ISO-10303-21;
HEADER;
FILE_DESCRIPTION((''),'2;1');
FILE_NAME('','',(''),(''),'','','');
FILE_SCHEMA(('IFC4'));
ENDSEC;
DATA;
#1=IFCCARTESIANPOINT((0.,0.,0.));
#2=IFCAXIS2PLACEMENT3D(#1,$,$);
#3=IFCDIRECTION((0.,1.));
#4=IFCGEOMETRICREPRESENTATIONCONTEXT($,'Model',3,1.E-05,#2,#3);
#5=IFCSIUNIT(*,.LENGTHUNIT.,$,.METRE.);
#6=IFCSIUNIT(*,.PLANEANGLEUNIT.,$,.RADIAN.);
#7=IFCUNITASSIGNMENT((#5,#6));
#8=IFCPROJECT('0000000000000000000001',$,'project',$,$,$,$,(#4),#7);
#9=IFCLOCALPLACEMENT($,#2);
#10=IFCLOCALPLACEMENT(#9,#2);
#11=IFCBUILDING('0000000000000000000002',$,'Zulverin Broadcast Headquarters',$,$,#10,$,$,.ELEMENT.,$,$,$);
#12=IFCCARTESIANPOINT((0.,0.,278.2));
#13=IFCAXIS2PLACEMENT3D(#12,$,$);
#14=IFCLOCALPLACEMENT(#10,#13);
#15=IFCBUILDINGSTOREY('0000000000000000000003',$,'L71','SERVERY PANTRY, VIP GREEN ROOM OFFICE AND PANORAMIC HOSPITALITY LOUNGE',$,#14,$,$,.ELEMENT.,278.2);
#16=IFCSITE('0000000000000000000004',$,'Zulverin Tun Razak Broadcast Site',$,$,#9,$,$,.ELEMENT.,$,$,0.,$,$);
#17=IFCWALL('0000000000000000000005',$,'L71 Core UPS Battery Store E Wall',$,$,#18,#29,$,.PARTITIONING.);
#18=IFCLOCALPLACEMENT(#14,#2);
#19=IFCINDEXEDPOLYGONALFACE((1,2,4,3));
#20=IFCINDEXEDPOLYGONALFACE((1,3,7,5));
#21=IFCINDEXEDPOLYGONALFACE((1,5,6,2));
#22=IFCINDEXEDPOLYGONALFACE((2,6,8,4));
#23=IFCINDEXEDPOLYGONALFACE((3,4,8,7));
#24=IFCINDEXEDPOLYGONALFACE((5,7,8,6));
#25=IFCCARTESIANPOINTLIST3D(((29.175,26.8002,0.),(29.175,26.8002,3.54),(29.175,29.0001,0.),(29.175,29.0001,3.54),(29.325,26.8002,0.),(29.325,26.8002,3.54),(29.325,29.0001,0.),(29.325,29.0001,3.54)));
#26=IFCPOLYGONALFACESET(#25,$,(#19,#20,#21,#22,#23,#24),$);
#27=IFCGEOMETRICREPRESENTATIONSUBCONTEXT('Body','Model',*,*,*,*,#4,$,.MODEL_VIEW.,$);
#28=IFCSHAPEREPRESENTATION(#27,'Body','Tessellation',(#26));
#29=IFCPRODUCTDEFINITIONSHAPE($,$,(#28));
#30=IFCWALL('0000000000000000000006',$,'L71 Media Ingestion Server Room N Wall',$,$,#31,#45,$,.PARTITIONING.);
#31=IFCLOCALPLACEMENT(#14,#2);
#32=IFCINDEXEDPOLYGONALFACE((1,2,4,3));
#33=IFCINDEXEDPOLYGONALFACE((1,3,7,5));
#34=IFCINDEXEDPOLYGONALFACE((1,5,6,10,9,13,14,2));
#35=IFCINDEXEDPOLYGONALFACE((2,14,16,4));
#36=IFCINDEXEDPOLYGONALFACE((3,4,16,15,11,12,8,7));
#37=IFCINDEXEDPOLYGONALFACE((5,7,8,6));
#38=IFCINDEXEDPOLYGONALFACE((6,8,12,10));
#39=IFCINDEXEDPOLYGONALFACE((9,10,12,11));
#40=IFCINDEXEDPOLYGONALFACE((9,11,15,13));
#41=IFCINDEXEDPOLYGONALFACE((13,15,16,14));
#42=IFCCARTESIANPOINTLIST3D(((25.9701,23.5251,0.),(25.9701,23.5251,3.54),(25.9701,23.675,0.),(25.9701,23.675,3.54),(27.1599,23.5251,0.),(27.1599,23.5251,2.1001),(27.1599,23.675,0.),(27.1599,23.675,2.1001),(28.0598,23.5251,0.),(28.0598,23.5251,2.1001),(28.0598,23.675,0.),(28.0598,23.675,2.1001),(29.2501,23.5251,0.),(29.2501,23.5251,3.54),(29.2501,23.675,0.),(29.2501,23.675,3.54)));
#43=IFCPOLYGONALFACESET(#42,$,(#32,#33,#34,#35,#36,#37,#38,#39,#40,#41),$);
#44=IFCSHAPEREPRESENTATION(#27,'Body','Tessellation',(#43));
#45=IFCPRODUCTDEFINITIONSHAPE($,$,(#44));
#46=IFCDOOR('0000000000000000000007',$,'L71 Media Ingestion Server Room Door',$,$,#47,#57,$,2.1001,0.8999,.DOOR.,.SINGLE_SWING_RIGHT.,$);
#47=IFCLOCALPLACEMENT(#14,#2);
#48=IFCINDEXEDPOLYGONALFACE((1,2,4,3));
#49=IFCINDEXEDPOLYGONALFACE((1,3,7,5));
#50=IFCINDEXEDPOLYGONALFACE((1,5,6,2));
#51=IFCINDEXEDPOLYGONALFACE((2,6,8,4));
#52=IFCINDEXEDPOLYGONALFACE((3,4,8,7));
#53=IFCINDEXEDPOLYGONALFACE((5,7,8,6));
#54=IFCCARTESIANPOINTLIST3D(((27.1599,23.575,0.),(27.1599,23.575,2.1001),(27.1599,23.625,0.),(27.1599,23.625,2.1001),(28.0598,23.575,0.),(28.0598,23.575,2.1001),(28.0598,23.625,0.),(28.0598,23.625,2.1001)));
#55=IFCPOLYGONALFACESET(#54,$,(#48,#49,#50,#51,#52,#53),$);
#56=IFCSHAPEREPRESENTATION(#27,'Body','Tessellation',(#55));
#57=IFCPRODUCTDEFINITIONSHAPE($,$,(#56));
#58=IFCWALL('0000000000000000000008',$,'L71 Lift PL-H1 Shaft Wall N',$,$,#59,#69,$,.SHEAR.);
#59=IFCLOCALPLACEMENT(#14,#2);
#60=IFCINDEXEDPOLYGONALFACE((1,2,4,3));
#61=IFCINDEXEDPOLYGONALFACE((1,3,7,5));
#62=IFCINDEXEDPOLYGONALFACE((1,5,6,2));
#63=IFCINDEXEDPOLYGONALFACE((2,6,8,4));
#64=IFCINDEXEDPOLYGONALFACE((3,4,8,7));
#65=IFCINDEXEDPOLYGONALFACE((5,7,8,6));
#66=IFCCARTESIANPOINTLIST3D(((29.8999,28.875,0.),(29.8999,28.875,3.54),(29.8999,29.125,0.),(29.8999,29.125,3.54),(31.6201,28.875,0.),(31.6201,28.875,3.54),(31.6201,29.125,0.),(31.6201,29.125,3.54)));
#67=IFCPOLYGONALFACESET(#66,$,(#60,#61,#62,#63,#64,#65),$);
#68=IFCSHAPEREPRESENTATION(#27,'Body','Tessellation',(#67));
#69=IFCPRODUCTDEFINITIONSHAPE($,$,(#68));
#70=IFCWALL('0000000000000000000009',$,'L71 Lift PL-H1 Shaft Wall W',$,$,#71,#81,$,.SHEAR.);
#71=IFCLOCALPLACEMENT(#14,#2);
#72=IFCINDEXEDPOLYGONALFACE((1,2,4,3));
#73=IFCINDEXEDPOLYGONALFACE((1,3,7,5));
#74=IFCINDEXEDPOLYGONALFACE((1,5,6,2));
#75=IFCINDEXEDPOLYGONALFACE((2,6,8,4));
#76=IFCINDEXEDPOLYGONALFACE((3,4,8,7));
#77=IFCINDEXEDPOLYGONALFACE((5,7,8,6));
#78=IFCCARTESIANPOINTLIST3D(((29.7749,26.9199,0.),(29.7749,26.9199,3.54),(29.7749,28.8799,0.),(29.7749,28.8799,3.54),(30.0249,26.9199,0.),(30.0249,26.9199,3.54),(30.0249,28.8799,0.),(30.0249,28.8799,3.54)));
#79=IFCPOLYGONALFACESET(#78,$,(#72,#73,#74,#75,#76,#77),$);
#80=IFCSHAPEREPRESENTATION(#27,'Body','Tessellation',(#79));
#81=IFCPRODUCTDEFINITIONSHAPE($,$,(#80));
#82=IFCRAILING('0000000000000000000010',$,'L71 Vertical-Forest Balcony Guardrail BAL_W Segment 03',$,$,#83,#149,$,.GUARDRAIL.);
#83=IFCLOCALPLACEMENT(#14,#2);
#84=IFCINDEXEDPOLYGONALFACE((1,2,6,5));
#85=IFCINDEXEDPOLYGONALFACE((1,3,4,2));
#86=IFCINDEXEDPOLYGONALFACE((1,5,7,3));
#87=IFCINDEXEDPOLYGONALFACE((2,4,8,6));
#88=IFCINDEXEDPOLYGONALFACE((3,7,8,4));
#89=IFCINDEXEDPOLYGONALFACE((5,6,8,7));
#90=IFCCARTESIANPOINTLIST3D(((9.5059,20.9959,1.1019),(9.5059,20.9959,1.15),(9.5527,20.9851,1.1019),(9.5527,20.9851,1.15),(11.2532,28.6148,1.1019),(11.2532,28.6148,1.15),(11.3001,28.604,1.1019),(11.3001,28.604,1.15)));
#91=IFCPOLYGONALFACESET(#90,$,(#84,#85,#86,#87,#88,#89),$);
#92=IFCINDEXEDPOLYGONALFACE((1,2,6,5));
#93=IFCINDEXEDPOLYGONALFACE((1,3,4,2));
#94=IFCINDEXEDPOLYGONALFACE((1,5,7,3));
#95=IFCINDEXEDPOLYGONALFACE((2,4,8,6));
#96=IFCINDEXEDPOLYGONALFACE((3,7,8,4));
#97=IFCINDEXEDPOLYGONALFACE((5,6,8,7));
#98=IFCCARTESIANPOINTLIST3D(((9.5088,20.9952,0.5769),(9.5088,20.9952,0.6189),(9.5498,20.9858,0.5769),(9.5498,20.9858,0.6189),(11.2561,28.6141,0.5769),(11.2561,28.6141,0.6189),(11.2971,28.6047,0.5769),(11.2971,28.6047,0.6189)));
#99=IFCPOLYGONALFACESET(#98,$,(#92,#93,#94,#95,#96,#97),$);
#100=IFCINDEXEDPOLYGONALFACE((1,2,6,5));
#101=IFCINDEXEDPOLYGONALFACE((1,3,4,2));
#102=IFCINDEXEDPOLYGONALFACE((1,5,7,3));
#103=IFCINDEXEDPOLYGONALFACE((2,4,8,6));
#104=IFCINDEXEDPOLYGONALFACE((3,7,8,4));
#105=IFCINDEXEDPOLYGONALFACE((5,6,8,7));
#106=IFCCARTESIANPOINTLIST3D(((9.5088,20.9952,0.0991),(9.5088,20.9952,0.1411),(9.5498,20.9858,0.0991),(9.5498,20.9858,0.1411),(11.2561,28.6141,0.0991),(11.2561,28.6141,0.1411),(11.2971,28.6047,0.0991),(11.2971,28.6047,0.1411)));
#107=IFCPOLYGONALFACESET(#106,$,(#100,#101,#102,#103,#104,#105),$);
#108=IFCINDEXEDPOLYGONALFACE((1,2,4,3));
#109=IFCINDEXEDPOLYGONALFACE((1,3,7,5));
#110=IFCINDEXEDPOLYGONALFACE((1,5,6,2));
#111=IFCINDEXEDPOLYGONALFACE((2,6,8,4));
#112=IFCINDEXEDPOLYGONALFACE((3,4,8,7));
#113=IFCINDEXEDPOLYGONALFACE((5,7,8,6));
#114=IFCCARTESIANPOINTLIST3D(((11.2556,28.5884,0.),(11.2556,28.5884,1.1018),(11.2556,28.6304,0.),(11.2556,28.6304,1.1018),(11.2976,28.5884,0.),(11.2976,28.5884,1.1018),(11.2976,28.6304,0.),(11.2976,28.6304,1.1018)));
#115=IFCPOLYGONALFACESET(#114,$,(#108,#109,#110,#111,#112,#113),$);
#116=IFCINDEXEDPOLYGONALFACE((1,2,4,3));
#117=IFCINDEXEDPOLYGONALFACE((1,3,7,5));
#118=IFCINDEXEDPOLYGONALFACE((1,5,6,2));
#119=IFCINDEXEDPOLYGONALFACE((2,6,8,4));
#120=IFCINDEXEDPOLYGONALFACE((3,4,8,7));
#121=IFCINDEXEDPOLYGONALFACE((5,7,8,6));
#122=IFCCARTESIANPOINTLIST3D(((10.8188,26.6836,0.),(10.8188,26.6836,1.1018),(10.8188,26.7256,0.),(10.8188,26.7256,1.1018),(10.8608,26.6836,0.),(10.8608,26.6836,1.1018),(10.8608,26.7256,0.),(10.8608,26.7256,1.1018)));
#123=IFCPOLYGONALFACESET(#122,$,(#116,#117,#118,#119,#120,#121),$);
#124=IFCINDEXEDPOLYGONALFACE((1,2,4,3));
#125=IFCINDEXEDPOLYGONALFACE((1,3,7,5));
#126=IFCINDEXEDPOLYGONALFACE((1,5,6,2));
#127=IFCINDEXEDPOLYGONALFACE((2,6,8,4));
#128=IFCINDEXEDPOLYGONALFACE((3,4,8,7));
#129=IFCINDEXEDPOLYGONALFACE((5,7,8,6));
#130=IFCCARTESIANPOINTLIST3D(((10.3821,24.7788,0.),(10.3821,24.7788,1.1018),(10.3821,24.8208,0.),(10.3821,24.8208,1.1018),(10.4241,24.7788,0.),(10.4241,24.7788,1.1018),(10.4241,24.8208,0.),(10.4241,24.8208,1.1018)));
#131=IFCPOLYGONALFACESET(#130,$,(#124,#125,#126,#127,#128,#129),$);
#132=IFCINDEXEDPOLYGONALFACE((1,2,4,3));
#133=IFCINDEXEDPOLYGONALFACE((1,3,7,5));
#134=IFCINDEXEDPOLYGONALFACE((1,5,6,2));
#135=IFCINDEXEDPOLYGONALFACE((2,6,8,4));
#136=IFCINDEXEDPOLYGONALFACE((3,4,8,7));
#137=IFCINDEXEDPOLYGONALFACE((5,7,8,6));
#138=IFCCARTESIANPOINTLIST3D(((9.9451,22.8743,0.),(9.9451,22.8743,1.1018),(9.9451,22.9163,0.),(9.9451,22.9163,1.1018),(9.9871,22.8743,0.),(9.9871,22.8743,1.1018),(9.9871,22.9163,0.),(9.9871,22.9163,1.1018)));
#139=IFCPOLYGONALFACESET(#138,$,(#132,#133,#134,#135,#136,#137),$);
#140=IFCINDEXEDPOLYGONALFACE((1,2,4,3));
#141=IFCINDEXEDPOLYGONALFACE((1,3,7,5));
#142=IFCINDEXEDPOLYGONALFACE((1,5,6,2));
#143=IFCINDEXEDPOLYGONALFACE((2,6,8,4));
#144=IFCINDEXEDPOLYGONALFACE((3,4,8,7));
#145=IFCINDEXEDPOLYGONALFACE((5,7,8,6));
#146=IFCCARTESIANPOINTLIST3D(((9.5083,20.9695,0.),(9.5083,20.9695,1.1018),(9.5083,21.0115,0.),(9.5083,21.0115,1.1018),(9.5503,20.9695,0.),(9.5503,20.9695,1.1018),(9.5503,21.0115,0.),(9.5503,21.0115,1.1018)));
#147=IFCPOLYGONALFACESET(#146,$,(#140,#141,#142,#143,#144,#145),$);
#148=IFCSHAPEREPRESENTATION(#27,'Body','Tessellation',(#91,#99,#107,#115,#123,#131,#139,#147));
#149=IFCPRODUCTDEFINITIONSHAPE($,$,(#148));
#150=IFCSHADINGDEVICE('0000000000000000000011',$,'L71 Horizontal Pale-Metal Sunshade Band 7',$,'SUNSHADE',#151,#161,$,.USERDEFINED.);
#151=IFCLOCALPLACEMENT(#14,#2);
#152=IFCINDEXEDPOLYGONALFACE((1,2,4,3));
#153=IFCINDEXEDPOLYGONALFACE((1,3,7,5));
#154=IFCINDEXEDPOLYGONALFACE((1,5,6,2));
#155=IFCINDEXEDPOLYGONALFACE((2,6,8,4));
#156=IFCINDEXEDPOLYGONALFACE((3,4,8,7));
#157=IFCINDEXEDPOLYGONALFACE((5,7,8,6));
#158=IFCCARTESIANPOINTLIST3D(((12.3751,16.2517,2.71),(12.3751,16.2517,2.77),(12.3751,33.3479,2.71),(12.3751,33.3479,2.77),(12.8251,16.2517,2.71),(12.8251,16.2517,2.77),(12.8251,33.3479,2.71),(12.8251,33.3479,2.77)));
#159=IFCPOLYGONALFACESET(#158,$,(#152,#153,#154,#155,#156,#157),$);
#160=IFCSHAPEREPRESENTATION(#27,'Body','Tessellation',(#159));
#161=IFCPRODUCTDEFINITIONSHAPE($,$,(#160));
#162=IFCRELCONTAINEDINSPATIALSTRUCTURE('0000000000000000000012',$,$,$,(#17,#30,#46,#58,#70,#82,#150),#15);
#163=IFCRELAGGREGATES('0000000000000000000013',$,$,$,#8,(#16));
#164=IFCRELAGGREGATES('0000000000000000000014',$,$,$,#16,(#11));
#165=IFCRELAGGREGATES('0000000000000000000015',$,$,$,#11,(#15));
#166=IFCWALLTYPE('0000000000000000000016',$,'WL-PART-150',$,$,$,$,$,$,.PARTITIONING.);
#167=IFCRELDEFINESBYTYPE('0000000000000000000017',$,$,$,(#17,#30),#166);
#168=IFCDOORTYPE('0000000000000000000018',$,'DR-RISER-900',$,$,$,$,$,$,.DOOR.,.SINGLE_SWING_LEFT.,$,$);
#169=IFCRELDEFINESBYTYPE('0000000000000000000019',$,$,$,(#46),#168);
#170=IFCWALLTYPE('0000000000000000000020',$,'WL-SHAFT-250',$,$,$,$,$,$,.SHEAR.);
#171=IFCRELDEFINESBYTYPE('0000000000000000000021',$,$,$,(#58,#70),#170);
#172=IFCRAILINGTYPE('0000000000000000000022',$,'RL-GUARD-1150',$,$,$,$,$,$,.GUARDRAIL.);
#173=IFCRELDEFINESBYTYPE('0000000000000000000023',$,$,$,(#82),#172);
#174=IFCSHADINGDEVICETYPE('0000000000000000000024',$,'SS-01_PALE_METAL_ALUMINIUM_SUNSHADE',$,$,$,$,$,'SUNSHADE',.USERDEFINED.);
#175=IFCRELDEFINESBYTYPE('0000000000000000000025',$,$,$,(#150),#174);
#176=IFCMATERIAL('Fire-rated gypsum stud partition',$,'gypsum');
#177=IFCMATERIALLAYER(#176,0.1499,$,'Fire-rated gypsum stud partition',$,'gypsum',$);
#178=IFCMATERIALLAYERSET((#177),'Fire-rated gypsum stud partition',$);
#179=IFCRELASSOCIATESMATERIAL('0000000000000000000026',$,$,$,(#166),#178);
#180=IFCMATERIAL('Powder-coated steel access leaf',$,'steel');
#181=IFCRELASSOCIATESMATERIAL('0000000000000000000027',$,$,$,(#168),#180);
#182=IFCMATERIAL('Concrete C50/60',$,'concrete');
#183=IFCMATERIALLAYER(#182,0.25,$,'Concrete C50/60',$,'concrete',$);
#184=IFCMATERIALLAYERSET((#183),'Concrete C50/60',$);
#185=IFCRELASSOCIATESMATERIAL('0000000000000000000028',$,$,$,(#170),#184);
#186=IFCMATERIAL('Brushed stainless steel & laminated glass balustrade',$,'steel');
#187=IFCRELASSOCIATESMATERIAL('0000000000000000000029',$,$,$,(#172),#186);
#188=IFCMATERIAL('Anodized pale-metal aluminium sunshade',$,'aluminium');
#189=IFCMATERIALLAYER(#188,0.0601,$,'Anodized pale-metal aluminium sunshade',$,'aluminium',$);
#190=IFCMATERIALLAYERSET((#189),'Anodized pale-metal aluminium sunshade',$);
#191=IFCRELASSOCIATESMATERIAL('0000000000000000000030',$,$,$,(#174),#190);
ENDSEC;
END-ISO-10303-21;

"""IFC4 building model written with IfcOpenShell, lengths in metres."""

from ifc_helpers import new_model, si_unit, direction, frame, frame_2d, origin, origin_2d, place, context, subcontext, project, spatial, rectangle, extrude, material, layer, layer_set, type_object, element, fill, save


model = new_model("IFC4")

# Units and contexts
model_context = context("Model", 3, precision=1e-05, world=origin(), true_north=direction((0.0, 1.0)))
body_context = subcontext(model_context, "Body", "Model", "MODEL_VIEW")
ifc_project = project(units=[si_unit("LENGTHUNIT", "METRE"), si_unit("PLANEANGLEUNIT", "RADIAN")], contexts=[model_context])

# Site, building, storey
site_placement = place(None, origin())
site = spatial("IfcSite", under=ifc_project, at=site_placement, Name="Zulverin Tun Razak Broadcast Site", CompositionType="ELEMENT", RefElevation=0.0)
building_placement = place(site_placement, origin())
building = spatial("IfcBuilding", under=site, at=building_placement, Name="Zulverin Broadcast Headquarters", CompositionType="ELEMENT")
storey_placement = place(building_placement, frame((0.0, 0.0, 278.2)))
storey = spatial("IfcBuildingStorey", under=building, at=storey_placement, Name="L71", Description="SERVERY PANTRY, VIP GREEN ROOM OFFICE AND PANORAMIC HOSPITALITY LOUNGE", CompositionType="ELEMENT", Elevation=278.2)

# Shared definitions
ifc_material_1 = material(Name="Concrete C50/60", Category="concrete")

# Shared definitions
ifc_material_2 = material(Name="Fire-rated gypsum stud partition", Category="gypsum")
ifc_layer_1 = layer(ifc_material_2, 0.1499, Name="Fire-rated gypsum stud partition", Category="gypsum")
ifc_layer_set_1 = layer_set([ifc_layer_1], Name="Fire-rated gypsum stud partition")
wall_type_1 = type_object("IfcWallType", Name="WL-PART-150", PredefinedType="PARTITIONING", material=ifc_layer_set_1)

# Shared definitions
ifc_material_3 = material(Name="Powder-coated steel access leaf", Category="steel")
door_type_1 = type_object("IfcDoorType", Name="DR-RISER-900", OperationType="SINGLE_SWING_LEFT", PredefinedType="DOOR", material=ifc_material_3)

# Wall
wall_1_placement = place(storey_placement, frame((29.25, 26.8, 0.0), z_axis=(0.0, 0.0, 1.0), x_axis=(0.0, 1.0, 0.0)))
element("IfcWall", 1, at=wall_1_placement, inside=storey, type_object=wall_type_1, Name="L71 Core UPS Battery Store E Wall", PredefinedType="PARTITIONING", context=body_context, shape_type="SweptSolid", body=[
    extrude(rectangle(XDim=2.2, YDim=0.1499, at=frame_2d((1.1001, 0.0))), origin(), (0.0, 0.0, 1.0), 3.54),
])

# Wall, opening, door
wall_2_placement = place(storey_placement, frame((25.97, 23.6001, 0.0), z_axis=(0.0, 0.0, 1.0), x_axis=(1.0, 0.0, 0.0)))
wall_2 = element("IfcWall", 2, at=wall_2_placement, inside=storey, type_object=wall_type_1, Name="L71 Media Ingestion Server Room N Wall", PredefinedType="PARTITIONING", context=body_context, shape_type="SweptSolid", body=[
    extrude(rectangle(XDim=3.28, YDim=0.1499, at=frame_2d((1.6401, 0.0))), origin(), (0.0, 0.0, 1.0), 3.54),
])
opening_1_placement = place(wall_2_placement, frame((1.1899, 0.0, 0.0)))
opening_1 = element("IfcOpeningElement", 3, at=opening_1_placement, cuts=wall_2, PredefinedType="OPENING", context=body_context, shape_type="SweptSolid", body=[
    extrude(rectangle(XDim=0.8999, YDim=2.1001, at=frame_2d((0.45, 1.05))), frame((0.0, 0.085, 0.0), z_axis=(0.0, -1.0, 0.0), x_axis=(1.0, 0.0, 0.0)), (0.0, 0.0, 1.0), 0.1699),
])
door_1_placement = place(opening_1_placement, origin())
door_1 = element("IfcDoor", 4, at=door_1_placement, inside=storey, type_object=door_type_1, Name="L71 Media Ingestion Server Room Door", OperationType="SINGLE_SWING_RIGHT", OverallHeight=2.1001, OverallWidth=0.8999, PredefinedType="DOOR", context=body_context, shape_type="SweptSolid", body=[
    extrude(rectangle(XDim=0.8999, YDim=2.1001, at=frame_2d((0.45, 1.05))), frame((0.0, 0.0249, 0.0), z_axis=(0.0, -1.0, 0.0), x_axis=(1.0, 0.0, 0.0)), (0.0, 0.0, 1.0), 0.05),
])
fill(opening_1, door_1)
ifc_layer_2 = layer(ifc_material_1, 0.25, Name="Concrete C50/60", Category="concrete")
ifc_layer_set_2 = layer_set([ifc_layer_2], Name="Concrete C50/60")
wall_type_2 = type_object("IfcWallType", Name="WL-SHAFT-250", PredefinedType="SHEAR", material=ifc_layer_set_2)

# Walls
wall_3_placement = place(storey_placement, frame((29.8999, 29.0, 0.0), z_axis=(0.0, 0.0, 1.0), x_axis=(1.0, 0.0, 0.0)))
element("IfcWall", 5, at=wall_3_placement, inside=storey, type_object=wall_type_2, Name="L71 Lift PL-H1 Shaft Wall N", PredefinedType="SHEAR", context=body_context, shape_type="SweptSolid", body=[
    extrude(rectangle(XDim=1.7202, YDim=0.25, at=frame_2d((0.8601, 0.0))), origin(), (0.0, 0.0, 1.0), 3.54),
])
wall_4_placement = place(storey_placement, frame((29.8999, 26.9199, 0.0), z_axis=(0.0, 0.0, 1.0), x_axis=(0.0, 1.0, 0.0)))
element("IfcWall", 6, at=wall_4_placement, inside=storey, type_object=wall_type_2, Name="L71 Lift PL-H1 Shaft Wall W", PredefinedType="SHEAR", context=body_context, shape_type="SweptSolid", body=[
    extrude(rectangle(XDim=1.96, YDim=0.25, at=frame_2d((0.98, 0.0))), origin(), (0.0, 0.0, 1.0), 3.54),
])

# Railing
ifc_material_4 = material(Name="Brushed stainless steel & laminated glass balustrade", Category="steel")
railing_type = type_object("IfcRailingType", Name="RL-GUARD-1150", PredefinedType="GUARDRAIL", material=ifc_material_4)
railing_placement = place(storey_placement, frame((11.2766, 28.6094, 0.0)))
element("IfcRailing", 7, at=railing_placement, inside=storey, type_object=railing_type, Name="L71 Vertical-Forest Balcony Guardrail BAL_W Segment 03", PredefinedType="GUARDRAIL", context=body_context, shape_type="SweptSolid", body=[
    extrude(rectangle(XDim=0.0481, YDim=0.0481, at=origin_2d()), frame((0.0, 0.0, 1.126), z_axis=(-0.223536, -0.974696, 0.0), x_axis=(0.974696, -0.223536, 0.0)), (0.0, 0.0, 1.0), 7.8167),
    extrude(rectangle(XDim=0.042, YDim=0.042, at=origin_2d()), frame((0.0, 0.0, 0.5979), z_axis=(-0.223536, -0.974696, 0.0), x_axis=(0.974696, -0.223536, 0.0)), (0.0, 0.0, 1.0), 7.8167),
    extrude(rectangle(XDim=0.042, YDim=0.042, at=origin_2d()), frame((0.0, 0.0, 0.1201), z_axis=(-0.223536, -0.974696, 0.0), x_axis=(0.974696, -0.223536, 0.0)), (0.0, 0.0, 1.0), 7.8167),
    extrude(rectangle(XDim=0.042, YDim=0.042, at=origin_2d()), origin(), (0.0, 0.0, 1.0), 1.1018),
    extrude(rectangle(XDim=0.042, YDim=0.042, at=origin_2d()), frame((-0.4368, -1.9048, 0.0)), (0.0, 0.0, 1.0), 1.1018),
    extrude(rectangle(XDim=0.042, YDim=0.042, at=origin_2d()), frame((-0.8735, -3.8096, 0.0)), (0.0, 0.0, 1.0), 1.1018),
    extrude(rectangle(XDim=0.042, YDim=0.042, at=origin_2d()), frame((-1.3105, -5.7141, 0.0)), (0.0, 0.0, 1.0), 1.1018),
    extrude(rectangle(XDim=0.042, YDim=0.042, at=origin_2d()), frame((-1.7473, -7.6189, 0.0)), (0.0, 0.0, 1.0), 1.1018),
])

# Shading device
ifc_material_5 = material(Name="Anodized pale-metal aluminium sunshade", Category="aluminium")
ifc_layer_3 = layer(ifc_material_5, 0.0601, Name="Anodized pale-metal aluminium sunshade", Category="aluminium")
ifc_layer_set_3 = layer_set([ifc_layer_3], Name="Anodized pale-metal aluminium sunshade")
shading_device_type = type_object("IfcShadingDeviceType", Name="SS-01_PALE_METAL_ALUMINIUM_SUNSHADE", ElementType="SUNSHADE", PredefinedType="USERDEFINED", material=ifc_layer_set_3)
shading_device_placement = place(storey_placement, frame((12.6001, 24.7998, 2.71), z_axis=(0.0, 0.0, 1.0), x_axis=(0.0, -1.0, 0.0)))
element("IfcShadingDevice", 8, at=shading_device_placement, inside=storey, type_object=shading_device_type, Name="L71 Horizontal Pale-Metal Sunshade Band 7", ObjectType="SUNSHADE", PredefinedType="USERDEFINED", context=body_context, shape_type="SweptSolid", body=[
    extrude(rectangle(XDim=17.0962, YDim=0.45, at=origin_2d()), origin(), (0.0, 0.0, 1.0), 0.0601),
])

save(model, "model.ifc")
